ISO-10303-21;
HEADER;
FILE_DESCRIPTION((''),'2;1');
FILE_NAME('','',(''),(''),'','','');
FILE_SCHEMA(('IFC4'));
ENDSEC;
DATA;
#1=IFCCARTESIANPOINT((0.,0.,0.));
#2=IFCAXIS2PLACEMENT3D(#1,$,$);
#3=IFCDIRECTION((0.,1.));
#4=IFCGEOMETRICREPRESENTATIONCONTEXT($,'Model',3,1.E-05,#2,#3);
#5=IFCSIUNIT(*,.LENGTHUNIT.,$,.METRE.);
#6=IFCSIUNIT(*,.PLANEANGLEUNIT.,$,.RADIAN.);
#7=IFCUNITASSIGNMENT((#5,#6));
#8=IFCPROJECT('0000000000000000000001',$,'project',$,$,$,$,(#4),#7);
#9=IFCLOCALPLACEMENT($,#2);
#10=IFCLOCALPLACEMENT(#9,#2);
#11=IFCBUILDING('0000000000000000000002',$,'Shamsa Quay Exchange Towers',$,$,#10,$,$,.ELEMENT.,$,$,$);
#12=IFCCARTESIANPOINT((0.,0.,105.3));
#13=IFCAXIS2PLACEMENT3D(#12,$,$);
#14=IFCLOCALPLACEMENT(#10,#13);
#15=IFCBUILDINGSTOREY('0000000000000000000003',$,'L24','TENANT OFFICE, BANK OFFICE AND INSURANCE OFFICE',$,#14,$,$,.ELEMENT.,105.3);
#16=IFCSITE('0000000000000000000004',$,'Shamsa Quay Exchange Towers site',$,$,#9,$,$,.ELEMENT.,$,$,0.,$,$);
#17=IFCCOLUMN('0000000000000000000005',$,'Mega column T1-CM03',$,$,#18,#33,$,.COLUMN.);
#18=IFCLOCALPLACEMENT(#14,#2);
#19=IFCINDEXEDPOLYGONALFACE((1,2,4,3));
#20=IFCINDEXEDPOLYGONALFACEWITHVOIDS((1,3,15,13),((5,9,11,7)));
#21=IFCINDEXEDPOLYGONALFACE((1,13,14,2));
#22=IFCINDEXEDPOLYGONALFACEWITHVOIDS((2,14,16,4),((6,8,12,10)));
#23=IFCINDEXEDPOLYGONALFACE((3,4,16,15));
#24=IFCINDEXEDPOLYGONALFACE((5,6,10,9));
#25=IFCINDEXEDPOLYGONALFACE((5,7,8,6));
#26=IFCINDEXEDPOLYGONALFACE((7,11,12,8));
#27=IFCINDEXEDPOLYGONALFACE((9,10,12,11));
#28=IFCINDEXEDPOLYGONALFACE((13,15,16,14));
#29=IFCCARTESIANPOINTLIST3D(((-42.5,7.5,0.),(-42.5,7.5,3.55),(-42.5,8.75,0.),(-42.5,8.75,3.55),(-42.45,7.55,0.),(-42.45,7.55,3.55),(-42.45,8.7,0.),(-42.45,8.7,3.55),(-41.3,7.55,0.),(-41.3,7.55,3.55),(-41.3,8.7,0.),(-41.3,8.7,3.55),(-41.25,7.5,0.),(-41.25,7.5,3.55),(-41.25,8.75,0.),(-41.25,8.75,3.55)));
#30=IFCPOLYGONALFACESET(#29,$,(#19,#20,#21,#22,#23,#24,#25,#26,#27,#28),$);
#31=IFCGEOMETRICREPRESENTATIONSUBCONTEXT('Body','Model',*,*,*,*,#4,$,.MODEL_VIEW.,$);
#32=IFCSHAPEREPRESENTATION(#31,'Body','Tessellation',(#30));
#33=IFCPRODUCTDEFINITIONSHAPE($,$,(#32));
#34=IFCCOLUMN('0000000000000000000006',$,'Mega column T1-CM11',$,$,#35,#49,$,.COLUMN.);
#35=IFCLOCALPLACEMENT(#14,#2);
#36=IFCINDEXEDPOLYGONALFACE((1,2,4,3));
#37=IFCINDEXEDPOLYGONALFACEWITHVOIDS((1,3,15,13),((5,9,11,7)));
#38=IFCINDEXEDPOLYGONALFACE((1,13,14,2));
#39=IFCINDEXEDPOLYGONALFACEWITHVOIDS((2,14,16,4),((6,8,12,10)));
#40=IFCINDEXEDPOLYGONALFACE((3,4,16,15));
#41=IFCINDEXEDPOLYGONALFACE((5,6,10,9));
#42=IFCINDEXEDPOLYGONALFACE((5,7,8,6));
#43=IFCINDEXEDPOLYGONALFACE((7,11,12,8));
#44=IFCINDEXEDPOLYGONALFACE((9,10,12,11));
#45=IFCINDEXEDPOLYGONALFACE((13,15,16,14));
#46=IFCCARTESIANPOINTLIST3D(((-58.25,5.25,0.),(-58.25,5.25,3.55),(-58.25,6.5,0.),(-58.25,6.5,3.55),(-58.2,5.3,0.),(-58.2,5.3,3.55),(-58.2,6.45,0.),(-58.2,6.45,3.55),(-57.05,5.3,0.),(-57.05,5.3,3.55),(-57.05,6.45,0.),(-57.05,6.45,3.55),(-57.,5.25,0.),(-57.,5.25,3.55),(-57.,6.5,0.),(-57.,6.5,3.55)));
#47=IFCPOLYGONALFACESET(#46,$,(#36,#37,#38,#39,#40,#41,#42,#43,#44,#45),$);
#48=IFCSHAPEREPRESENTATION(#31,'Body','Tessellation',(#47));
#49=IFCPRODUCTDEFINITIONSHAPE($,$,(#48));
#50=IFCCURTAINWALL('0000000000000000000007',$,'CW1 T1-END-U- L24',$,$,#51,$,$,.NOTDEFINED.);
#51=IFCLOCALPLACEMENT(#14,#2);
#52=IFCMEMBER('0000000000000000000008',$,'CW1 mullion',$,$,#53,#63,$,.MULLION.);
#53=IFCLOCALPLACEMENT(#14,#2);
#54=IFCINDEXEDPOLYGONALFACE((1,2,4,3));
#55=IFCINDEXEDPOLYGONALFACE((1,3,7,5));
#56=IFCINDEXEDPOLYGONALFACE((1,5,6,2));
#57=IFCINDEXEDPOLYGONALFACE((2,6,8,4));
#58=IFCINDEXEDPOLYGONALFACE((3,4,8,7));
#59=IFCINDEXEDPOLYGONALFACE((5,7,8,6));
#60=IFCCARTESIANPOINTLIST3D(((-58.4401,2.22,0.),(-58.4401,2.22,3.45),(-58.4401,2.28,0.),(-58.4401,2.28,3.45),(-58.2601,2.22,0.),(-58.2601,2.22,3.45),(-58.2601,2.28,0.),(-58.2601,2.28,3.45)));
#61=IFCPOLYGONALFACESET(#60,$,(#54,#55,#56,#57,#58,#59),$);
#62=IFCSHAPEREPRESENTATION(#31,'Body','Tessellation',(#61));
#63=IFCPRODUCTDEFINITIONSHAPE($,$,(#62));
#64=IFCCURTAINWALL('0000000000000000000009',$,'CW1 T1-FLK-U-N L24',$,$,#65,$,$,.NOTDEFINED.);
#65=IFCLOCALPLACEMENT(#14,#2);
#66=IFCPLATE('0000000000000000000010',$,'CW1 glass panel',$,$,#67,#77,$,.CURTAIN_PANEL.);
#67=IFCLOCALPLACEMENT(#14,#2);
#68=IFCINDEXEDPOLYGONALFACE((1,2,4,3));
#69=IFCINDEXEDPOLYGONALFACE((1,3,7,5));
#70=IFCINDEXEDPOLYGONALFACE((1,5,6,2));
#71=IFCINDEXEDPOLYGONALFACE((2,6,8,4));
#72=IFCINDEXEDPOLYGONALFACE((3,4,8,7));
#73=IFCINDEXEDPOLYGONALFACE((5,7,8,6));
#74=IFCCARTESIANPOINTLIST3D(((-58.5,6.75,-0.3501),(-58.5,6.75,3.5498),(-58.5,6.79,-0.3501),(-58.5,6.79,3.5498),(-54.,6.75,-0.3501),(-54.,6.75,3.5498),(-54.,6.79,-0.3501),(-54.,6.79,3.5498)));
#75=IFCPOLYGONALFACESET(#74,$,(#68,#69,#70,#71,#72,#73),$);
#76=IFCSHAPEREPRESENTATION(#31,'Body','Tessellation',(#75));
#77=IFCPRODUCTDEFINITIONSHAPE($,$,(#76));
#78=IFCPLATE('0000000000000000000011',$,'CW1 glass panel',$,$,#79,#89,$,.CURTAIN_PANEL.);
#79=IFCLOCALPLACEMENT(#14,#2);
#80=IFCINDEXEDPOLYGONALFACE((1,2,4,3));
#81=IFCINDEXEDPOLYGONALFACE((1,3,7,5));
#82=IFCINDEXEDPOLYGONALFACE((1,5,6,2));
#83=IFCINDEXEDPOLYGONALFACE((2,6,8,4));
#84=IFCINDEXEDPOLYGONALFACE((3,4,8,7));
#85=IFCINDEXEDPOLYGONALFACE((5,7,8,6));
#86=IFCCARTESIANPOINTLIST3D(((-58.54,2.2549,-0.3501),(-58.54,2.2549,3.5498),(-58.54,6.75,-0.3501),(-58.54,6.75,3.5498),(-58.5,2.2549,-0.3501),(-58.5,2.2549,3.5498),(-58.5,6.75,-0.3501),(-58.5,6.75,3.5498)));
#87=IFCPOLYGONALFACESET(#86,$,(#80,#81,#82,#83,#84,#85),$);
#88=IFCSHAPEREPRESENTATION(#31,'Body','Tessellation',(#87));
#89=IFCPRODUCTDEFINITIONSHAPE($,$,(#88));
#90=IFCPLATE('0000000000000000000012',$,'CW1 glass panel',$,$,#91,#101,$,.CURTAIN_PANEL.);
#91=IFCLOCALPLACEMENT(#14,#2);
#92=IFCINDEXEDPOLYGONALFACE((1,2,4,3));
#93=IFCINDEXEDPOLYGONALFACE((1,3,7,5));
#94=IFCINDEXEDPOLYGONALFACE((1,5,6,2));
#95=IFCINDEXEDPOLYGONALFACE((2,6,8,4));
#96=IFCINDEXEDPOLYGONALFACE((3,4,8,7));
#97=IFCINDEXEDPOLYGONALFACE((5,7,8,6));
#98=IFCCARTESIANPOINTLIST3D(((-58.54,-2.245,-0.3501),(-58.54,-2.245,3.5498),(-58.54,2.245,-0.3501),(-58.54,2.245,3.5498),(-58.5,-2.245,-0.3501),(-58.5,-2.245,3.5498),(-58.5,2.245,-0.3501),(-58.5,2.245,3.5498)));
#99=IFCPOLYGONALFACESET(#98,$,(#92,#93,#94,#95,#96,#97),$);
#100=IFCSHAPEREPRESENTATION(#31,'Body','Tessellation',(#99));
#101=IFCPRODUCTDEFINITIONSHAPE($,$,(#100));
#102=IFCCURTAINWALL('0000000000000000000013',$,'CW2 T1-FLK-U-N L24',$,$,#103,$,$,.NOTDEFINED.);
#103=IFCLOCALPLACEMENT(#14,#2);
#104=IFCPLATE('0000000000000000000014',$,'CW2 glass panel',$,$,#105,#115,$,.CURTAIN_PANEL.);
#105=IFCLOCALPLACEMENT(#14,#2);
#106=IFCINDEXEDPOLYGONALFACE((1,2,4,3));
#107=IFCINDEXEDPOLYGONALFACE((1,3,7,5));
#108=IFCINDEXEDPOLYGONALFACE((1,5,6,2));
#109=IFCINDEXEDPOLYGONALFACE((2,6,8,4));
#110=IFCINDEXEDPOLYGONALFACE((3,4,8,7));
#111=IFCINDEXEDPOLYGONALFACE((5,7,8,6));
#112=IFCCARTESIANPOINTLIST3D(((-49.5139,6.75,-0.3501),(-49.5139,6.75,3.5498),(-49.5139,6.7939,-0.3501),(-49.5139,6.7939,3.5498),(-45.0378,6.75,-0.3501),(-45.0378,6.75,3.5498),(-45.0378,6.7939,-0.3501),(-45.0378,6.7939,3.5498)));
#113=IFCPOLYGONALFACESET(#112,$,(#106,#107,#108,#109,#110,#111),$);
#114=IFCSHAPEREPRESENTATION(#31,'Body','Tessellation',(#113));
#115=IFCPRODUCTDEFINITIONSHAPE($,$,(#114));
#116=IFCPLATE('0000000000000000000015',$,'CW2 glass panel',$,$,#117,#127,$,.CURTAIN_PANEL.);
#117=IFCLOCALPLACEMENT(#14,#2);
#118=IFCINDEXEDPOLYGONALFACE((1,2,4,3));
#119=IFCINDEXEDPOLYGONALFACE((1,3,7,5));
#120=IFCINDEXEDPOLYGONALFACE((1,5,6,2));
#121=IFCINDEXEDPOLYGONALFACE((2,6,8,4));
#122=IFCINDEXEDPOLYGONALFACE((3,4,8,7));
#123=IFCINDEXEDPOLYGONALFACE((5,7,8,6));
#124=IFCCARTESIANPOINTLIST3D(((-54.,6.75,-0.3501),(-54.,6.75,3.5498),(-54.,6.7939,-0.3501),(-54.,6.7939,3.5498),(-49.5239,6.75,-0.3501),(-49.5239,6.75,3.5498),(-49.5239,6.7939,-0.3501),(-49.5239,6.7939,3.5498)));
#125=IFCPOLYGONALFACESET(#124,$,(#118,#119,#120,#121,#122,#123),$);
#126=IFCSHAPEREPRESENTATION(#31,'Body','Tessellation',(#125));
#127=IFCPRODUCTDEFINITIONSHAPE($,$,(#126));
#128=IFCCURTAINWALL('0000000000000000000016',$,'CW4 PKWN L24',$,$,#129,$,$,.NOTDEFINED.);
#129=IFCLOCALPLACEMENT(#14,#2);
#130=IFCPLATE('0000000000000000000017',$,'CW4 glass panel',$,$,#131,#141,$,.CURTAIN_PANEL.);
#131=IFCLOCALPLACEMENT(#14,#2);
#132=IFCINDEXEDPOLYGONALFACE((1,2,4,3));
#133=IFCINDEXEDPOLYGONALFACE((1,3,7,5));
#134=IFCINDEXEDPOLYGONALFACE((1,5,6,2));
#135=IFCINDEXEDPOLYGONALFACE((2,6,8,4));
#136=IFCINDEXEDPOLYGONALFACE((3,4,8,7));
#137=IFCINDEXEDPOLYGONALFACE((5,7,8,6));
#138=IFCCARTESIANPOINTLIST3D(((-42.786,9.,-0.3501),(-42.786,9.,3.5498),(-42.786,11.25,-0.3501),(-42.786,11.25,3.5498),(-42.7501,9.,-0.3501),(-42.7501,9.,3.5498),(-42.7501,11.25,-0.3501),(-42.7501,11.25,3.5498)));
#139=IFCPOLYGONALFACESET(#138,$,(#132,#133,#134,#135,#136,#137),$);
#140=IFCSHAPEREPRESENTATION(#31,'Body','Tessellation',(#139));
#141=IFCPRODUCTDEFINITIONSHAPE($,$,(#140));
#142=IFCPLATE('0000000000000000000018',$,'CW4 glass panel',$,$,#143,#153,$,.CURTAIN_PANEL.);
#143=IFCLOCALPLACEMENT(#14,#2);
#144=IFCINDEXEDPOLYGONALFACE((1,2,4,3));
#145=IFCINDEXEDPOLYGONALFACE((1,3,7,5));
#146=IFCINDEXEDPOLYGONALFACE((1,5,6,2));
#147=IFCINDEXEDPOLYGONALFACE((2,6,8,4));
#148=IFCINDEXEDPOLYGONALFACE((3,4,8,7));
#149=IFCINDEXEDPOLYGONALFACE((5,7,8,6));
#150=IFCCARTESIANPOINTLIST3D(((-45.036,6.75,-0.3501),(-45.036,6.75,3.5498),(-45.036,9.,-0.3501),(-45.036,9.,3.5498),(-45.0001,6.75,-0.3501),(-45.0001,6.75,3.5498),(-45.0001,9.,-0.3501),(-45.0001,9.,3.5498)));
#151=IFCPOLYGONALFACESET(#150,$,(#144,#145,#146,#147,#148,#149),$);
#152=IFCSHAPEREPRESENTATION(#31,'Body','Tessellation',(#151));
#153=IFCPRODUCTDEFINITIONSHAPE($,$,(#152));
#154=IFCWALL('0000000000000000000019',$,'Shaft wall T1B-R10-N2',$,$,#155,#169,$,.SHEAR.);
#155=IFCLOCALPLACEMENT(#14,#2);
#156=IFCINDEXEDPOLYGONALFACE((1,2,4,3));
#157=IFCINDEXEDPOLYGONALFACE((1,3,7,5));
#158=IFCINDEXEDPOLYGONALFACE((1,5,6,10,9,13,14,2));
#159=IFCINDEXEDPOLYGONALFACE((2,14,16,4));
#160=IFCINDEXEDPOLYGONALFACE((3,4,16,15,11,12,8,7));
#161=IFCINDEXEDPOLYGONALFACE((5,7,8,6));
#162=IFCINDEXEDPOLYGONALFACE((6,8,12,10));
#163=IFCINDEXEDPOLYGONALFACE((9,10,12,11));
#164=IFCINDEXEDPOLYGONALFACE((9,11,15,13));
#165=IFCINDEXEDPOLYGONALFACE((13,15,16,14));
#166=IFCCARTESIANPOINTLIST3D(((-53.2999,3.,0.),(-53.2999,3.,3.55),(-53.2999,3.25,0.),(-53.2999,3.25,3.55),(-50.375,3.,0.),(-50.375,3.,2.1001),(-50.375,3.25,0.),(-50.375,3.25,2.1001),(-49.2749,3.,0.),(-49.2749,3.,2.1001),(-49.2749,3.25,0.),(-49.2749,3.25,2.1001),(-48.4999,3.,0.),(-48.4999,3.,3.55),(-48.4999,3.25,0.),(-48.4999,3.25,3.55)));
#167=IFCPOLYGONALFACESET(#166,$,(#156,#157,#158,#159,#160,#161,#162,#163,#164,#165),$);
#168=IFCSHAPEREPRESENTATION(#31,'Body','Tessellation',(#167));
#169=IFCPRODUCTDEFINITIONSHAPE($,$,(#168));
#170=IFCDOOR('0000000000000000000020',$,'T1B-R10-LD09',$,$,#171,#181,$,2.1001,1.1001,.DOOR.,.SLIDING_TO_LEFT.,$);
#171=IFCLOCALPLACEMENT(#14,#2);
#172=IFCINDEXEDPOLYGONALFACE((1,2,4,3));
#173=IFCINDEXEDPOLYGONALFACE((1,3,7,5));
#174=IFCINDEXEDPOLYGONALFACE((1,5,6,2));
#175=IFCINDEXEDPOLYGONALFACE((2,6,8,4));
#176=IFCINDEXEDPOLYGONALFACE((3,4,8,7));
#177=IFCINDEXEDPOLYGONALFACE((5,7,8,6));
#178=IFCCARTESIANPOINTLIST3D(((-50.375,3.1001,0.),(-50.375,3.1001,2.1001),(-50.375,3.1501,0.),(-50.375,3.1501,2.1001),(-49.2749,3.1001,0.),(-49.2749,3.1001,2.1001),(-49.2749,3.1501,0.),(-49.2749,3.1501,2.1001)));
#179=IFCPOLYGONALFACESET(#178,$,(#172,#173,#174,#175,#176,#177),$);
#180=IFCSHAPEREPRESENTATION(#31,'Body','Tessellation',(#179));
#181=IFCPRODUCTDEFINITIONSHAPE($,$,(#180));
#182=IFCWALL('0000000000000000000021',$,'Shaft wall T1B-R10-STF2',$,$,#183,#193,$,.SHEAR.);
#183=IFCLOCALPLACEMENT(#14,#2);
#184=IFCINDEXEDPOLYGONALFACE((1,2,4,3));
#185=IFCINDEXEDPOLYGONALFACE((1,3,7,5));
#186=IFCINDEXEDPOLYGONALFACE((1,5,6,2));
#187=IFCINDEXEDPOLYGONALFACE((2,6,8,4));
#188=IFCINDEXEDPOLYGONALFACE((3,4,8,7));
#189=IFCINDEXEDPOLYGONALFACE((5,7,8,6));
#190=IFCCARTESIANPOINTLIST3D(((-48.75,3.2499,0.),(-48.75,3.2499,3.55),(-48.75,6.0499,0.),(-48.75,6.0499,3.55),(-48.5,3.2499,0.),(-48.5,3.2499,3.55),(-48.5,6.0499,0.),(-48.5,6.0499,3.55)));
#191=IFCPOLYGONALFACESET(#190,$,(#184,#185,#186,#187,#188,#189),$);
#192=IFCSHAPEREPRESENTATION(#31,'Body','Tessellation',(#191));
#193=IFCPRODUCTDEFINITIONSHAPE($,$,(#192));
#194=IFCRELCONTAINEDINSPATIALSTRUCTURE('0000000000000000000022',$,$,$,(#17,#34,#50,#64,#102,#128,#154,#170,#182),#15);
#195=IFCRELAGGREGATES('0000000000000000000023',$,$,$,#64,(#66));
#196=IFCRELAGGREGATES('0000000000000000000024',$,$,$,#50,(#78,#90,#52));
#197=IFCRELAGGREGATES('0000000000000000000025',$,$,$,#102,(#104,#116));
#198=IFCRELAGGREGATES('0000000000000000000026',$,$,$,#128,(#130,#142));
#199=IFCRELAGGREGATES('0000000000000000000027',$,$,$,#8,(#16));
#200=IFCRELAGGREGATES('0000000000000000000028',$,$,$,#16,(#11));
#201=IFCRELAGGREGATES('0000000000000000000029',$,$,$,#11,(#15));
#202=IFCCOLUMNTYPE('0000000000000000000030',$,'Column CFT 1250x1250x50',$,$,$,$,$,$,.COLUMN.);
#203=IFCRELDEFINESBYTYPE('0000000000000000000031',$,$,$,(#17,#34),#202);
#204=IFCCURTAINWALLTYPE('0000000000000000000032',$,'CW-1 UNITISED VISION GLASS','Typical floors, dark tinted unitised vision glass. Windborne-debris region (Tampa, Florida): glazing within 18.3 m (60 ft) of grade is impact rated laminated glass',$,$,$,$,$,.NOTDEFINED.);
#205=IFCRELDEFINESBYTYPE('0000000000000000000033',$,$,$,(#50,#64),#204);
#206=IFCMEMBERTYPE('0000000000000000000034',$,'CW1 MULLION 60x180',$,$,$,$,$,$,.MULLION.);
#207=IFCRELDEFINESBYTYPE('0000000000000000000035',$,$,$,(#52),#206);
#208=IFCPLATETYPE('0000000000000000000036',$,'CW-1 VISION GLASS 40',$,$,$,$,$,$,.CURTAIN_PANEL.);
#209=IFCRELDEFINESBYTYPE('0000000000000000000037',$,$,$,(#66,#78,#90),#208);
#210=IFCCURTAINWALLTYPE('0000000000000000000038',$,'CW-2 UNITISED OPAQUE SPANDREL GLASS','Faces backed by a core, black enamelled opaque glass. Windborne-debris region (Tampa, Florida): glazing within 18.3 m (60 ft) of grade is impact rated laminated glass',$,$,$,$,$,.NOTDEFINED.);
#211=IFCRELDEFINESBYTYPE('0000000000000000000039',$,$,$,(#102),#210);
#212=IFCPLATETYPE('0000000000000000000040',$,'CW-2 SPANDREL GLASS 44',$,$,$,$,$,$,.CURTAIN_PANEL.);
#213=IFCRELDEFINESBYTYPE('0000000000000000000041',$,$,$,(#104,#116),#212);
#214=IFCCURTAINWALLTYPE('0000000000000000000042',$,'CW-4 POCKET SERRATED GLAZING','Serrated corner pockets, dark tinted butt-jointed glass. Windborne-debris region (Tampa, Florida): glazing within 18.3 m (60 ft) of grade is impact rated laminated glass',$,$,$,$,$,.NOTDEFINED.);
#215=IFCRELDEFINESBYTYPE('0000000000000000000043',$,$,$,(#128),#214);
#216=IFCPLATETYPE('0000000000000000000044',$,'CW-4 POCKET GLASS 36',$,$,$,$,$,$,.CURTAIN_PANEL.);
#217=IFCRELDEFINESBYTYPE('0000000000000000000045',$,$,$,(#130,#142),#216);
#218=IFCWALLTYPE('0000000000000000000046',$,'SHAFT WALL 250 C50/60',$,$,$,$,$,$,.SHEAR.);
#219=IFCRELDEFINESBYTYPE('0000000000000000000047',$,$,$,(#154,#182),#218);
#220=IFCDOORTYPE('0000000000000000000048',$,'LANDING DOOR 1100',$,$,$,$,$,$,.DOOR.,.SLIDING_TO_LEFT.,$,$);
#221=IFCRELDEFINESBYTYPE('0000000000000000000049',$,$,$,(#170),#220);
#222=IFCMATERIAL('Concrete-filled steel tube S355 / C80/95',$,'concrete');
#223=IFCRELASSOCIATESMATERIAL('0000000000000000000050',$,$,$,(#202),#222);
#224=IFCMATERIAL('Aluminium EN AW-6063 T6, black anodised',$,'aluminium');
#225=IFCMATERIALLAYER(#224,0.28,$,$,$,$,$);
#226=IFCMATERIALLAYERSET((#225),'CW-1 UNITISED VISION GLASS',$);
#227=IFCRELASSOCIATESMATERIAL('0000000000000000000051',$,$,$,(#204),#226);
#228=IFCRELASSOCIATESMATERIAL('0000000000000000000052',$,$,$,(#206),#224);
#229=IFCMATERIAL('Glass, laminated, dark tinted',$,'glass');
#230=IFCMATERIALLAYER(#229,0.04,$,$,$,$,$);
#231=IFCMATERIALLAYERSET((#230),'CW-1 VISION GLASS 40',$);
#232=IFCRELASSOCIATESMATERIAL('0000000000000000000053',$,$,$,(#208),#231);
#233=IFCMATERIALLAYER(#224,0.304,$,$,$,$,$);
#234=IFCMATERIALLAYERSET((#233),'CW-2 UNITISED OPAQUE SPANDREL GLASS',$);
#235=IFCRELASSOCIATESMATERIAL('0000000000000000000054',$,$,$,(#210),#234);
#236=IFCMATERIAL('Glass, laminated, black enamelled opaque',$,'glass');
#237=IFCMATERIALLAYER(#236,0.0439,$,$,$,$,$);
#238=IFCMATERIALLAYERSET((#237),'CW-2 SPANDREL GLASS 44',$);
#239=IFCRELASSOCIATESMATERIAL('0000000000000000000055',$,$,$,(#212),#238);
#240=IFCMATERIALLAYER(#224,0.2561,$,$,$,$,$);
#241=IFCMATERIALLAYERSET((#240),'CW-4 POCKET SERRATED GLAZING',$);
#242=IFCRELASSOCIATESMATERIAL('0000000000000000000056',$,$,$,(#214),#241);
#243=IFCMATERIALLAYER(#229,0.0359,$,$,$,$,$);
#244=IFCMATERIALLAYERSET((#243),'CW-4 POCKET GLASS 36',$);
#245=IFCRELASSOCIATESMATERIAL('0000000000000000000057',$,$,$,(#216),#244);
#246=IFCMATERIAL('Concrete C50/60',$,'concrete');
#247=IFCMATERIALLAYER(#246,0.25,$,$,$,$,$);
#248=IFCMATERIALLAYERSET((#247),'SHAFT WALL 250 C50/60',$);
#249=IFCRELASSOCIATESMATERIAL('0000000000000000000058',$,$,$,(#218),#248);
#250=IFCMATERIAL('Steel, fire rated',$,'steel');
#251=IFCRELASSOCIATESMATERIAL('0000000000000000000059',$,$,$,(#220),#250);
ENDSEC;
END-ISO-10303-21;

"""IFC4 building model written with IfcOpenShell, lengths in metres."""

from ifc_helpers import new_model, si_unit, direction, frame, frame_2d, origin, origin_2d, place, context, subcontext, project, spatial, rectangle, hollow_rectangle, extrude, material, layer, layer_set, material_profile, profile_set, type_object, element, fill, aggregate, save


model = new_model("IFC4")

# Units and contexts
model_context = context("Model", 3, precision=1e-05, world=origin(), true_north=direction((0.0, 1.0)))
body_context = subcontext(model_context, "Body", "Model", "MODEL_VIEW")
ifc_project = project(units=[si_unit("LENGTHUNIT", "METRE"), si_unit("PLANEANGLEUNIT", "RADIAN")], contexts=[model_context])

# Site, building, storey
site_placement = place(None, origin())
site = spatial("IfcSite", under=ifc_project, at=site_placement, Name="Shamsa Quay Exchange Towers site", CompositionType="ELEMENT", RefElevation=0.0)
building_placement = place(site_placement, origin())
building = spatial("IfcBuilding", under=site, at=building_placement, Name="Shamsa Quay Exchange Towers", CompositionType="ELEMENT")
storey_placement = place(building_placement, frame((0.0, 0.0, 105.3)))
storey = spatial("IfcBuildingStorey", under=building, at=storey_placement, Name="L24", Description="TENANT OFFICE, BANK OFFICE AND INSURANCE OFFICE", CompositionType="ELEMENT", Elevation=105.3)

# Columns
ifc_material_1 = material(Name="Concrete-filled steel tube S355 / C80/95", Category="concrete")
ifc_material_profile_1 = material_profile(ifc_material_1, hollow_rectangle(XDim=1.25, YDim=1.25, WallThickness=0.05, at=origin_2d()), Name="CFT 1250x1250x50")
ifc_profile_set_1 = profile_set([ifc_material_profile_1], Name="Concrete-filled steel tube S355 / C80/95")
column_type = type_object("IfcColumnType", Name="Column CFT 1250x1250x50", PredefinedType="COLUMN", material=ifc_profile_set_1)
for number, where, name in (
    (1, (-41.875, 8.125, 0.0), "Mega column T1-CM03"),
    (2, (-57.625, 5.875, 0.0), "Mega column T1-CM11"),
):
    element("IfcColumn", number, at=place(storey_placement, frame(where)), inside=storey, type_object=column_type, Name=name, PredefinedType="COLUMN", context=body_context, shape_type="SweptSolid", body=[
        extrude(hollow_rectangle(XDim=1.25, YDim=1.25, WallThickness=0.05, at=origin_2d()), origin(), (0.0, 0.0, 1.0), 3.55),
    ])

# Curtain wall, member
ifc_material_2 = material(Name="Aluminium EN AW-6063 T6, black anodised", Category="aluminium")
ifc_layer_1 = layer(ifc_material_2, 0.28)
ifc_layer_set_1 = layer_set([ifc_layer_1], Name="CW-1 UNITISED VISION GLASS")
curtain_wall_type_1 = type_object("IfcCurtainWallType", Name="CW-1 UNITISED VISION GLASS", Description="Typical floors, dark tinted unitised vision glass. Windborne-debris region (Tampa, Florida): glazing within 18.3 m (60 ft) of grade is impact rated laminated glass", PredefinedType="NOTDEFINED", material=ifc_layer_set_1)
curtain_wall_1_placement = place(storey_placement, origin())
curtain_wall_1 = element("IfcCurtainWall", 3, at=curtain_wall_1_placement, inside=storey, type_object=curtain_wall_type_1, Name="CW1 T1-END-U- L24", PredefinedType="NOTDEFINED")
ifc_material_profile_2 = material_profile(ifc_material_2, rectangle(XDim=0.1799, YDim=0.0601, at=origin_2d()), Name="MU60x180")
ifc_profile_set_2 = profile_set([ifc_material_profile_2], Name="Aluminium EN AW-6063 T6, black anodised")
member_type = type_object("IfcMemberType", Name="CW1 MULLION 60x180", PredefinedType="MULLION", material=ifc_profile_set_2)
member_placement = place(storey_placement, frame((-58.3501, 2.25, 0.0)))
member = element("IfcMember", 4, at=member_placement, type_object=member_type, Name="CW1 mullion", PredefinedType="MULLION", context=body_context, shape_type="SweptSolid", body=[
    extrude(rectangle(XDim=0.1799, YDim=0.0601, at=origin_2d()), origin(), (0.0, 0.0, 1.0), 3.45),
])

# Curtain wall, plate
curtain_wall_2_placement = place(storey_placement, origin())
curtain_wall_2 = element("IfcCurtainWall", 5, at=curtain_wall_2_placement, inside=storey, type_object=curtain_wall_type_1, Name="CW1 T1-FLK-U-N L24", PredefinedType="NOTDEFINED")
ifc_material_3 = material(Name="Glass, laminated, dark tinted", Category="glass")
ifc_layer_2 = layer(ifc_material_3, 0.04)
ifc_layer_set_2 = layer_set([ifc_layer_2], Name="CW-1 VISION GLASS 40")
plate_type_1 = type_object("IfcPlateType", Name="CW-1 VISION GLASS 40", PredefinedType="CURTAIN_PANEL", material=ifc_layer_set_2)
plate_1_placement = place(storey_placement, frame((-56.25, 6.77, -0.3501), z_axis=(0.0, 0.0, 1.0), x_axis=(-1.0, 0.0, 0.0)))
plate_1 = element("IfcPlate", 6, at=plate_1_placement, type_object=plate_type_1, Name="CW1 glass panel", PredefinedType="CURTAIN_PANEL", context=body_context, shape_type="SweptSolid", body=[
    extrude(rectangle(XDim=4.5, YDim=0.04, at=origin_2d()), origin(), (0.0, 0.0, 1.0), 3.8999),
])
aggregate(curtain_wall_2, [plate_1])

# Plates
plate_2_placement = place(storey_placement, frame((-58.52, 4.5024, -0.3501), z_axis=(0.0, 0.0, 1.0), x_axis=(0.0, -1.0, 0.0)))
plate_2 = element("IfcPlate", 7, at=plate_2_placement, type_object=plate_type_1, Name="CW1 glass panel", PredefinedType="CURTAIN_PANEL", context=body_context, shape_type="SweptSolid", body=[
    extrude(rectangle(XDim=4.4951, YDim=0.04, at=origin_2d()), origin(), (0.0, 0.0, 1.0), 3.8999),
])
plate_3_placement = place(storey_placement, frame((-58.52, 0.0, -0.3501), z_axis=(0.0, 0.0, 1.0), x_axis=(0.0, -1.0, 0.0)))
plate_3 = element("IfcPlate", 8, at=plate_3_placement, type_object=plate_type_1, Name="CW1 glass panel", PredefinedType="CURTAIN_PANEL", context=body_context, shape_type="SweptSolid", body=[
    extrude(rectangle(XDim=4.49, YDim=0.04, at=origin_2d()), origin(), (0.0, 0.0, 1.0), 3.8999),
])
aggregate(curtain_wall_1, [plate_2, plate_3, member])

# Curtain walls, plates
ifc_layer_3 = layer(ifc_material_2, 0.304)
ifc_layer_set_3 = layer_set([ifc_layer_3], Name="CW-2 UNITISED OPAQUE SPANDREL GLASS")
curtain_wall_type_2 = type_object("IfcCurtainWallType", Name="CW-2 UNITISED OPAQUE SPANDREL GLASS", Description="Faces backed by a core, black enamelled opaque glass. Windborne-debris region (Tampa, Florida): glazing within 18.3 m (60 ft) of grade is impact rated laminated glass", PredefinedType="NOTDEFINED", material=ifc_layer_set_3)
curtain_wall_3_placement = place(storey_placement, origin())
curtain_wall_3 = element("IfcCurtainWall", 9, at=curtain_wall_3_placement, inside=storey, type_object=curtain_wall_type_2, Name="CW2 T1-FLK-U-N L24", PredefinedType="NOTDEFINED")
ifc_material_4 = material(Name="Glass, laminated, black enamelled opaque", Category="glass")
ifc_layer_4 = layer(ifc_material_4, 0.0439)
ifc_layer_set_4 = layer_set([ifc_layer_4], Name="CW-2 SPANDREL GLASS 44")
plate_type_2 = type_object("IfcPlateType", Name="CW-2 SPANDREL GLASS 44", PredefinedType="CURTAIN_PANEL", material=ifc_layer_set_4)
plate_4_placement = place(storey_placement, frame((-47.2759, 6.772, -0.3501), z_axis=(0.0, 0.0, 1.0), x_axis=(-1.0, 0.0, 0.0)))
plate_4 = element("IfcPlate", 10, at=plate_4_placement, type_object=plate_type_2, Name="CW2 glass panel", PredefinedType="CURTAIN_PANEL", context=body_context, shape_type="SweptSolid", body=[
    extrude(rectangle(XDim=4.4761, YDim=0.0439, at=origin_2d()), origin(), (0.0, 0.0, 1.0), 3.8999),
])
plate_5_placement = place(storey_placement, frame((-51.762, 6.772, -0.3501), z_axis=(0.0, 0.0, 1.0), x_axis=(-1.0, 0.0, 0.0)))
plate_5 = element("IfcPlate", 11, at=plate_5_placement, type_object=plate_type_2, Name="CW2 glass panel", PredefinedType="CURTAIN_PANEL", context=body_context, shape_type="SweptSolid", body=[
    extrude(rectangle(XDim=4.4761, YDim=0.0439, at=origin_2d()), origin(), (0.0, 0.0, 1.0), 3.8999),
])
aggregate(curtain_wall_3, [plate_4, plate_5])
ifc_layer_5 = layer(ifc_material_2, 0.2561)
ifc_layer_set_5 = layer_set([ifc_layer_5], Name="CW-4 POCKET SERRATED GLAZING")
curtain_wall_type_3 = type_object("IfcCurtainWallType", Name="CW-4 POCKET SERRATED GLAZING", Description="Serrated corner pockets, dark tinted butt-jointed glass. Windborne-debris region (Tampa, Florida): glazing within 18.3 m (60 ft) of grade is impact rated laminated glass", PredefinedType="NOTDEFINED", material=ifc_layer_set_5)
curtain_wall_4_placement = place(storey_placement, origin())
curtain_wall_4 = element("IfcCurtainWall", 12, at=curtain_wall_4_placement, inside=storey, type_object=curtain_wall_type_3, Name="CW4 PKWN L24", PredefinedType="NOTDEFINED")
ifc_layer_6 = layer(ifc_material_3, 0.0359)
ifc_layer_set_6 = layer_set([ifc_layer_6], Name="CW-4 POCKET GLASS 36")
plate_type_3 = type_object("IfcPlateType", Name="CW-4 POCKET GLASS 36", PredefinedType="CURTAIN_PANEL", material=ifc_layer_set_6)
plate_6_placement = place(storey_placement, frame((-42.7681, 10.125, -0.3501), z_axis=(0.0, 0.0, 1.0), x_axis=(0.0, -1.0, 0.0)))
plate_6 = element("IfcPlate", 13, at=plate_6_placement, type_object=plate_type_3, Name="CW4 glass panel", PredefinedType="CURTAIN_PANEL", context=body_context, shape_type="SweptSolid", body=[
    extrude(rectangle(XDim=2.25, YDim=0.0359, at=origin_2d()), origin(), (0.0, 0.0, 1.0), 3.8999),
])
plate_7_placement = place(storey_placement, frame((-45.0181, 7.875, -0.3501), z_axis=(0.0, 0.0, 1.0), x_axis=(0.0, -1.0, 0.0)))
plate_7 = element("IfcPlate", 14, at=plate_7_placement, type_object=plate_type_3, Name="CW4 glass panel", PredefinedType="CURTAIN_PANEL", context=body_context, shape_type="SweptSolid", body=[
    extrude(rectangle(XDim=2.25, YDim=0.0359, at=origin_2d()), origin(), (0.0, 0.0, 1.0), 3.8999),
])
aggregate(curtain_wall_4, [plate_6, plate_7])

# Wall, opening, door
ifc_material_5 = material(Name="Concrete C50/60", Category="concrete")
ifc_layer_7 = layer(ifc_material_5, 0.25)
ifc_layer_set_7 = layer_set([ifc_layer_7], Name="SHAFT WALL 250 C50/60")
wall_type_1 = type_object("IfcWallType", Name="SHAFT WALL 250 C50/60", PredefinedType="SHEAR", material=ifc_layer_set_7)
wall_1_placement = place(storey_placement, frame((-48.5, 3.125, 0.0), z_axis=(0.0, 0.0, 1.0), x_axis=(-1.0, 0.0, 0.0)))
wall_1 = element("IfcWall", 15, at=wall_1_placement, inside=storey, type_object=wall_type_1, Name="Shaft wall T1B-R10-N2", PredefinedType="SHEAR", context=body_context, shape_type="SweptSolid", body=[
    extrude(rectangle(XDim=4.8, YDim=0.25, at=frame_2d((2.3999, 0.0))), origin(), (0.0, 0.0, 1.0), 3.55),
])
opening_1_placement = place(wall_1_placement, frame((0.7749, 0.0, 0.0)))
opening_1 = element("IfcOpeningElement", 16, at=opening_1_placement, cuts=wall_1, PredefinedType="OPENING", context=body_context, shape_type="SweptSolid", body=[
    extrude(rectangle(XDim=1.1001, YDim=2.1001, at=frame_2d((0.55, 1.05))), frame((0.0, 0.135, 0.0), z_axis=(0.0, -1.0, 0.0), x_axis=(1.0, 0.0, 0.0)), (0.0, 0.0, 1.0), 0.27),
])
ifc_material_6 = material(Name="Steel, fire rated", Category="steel")
door_type_1 = type_object("IfcDoorType", Name="LANDING DOOR 1100", OperationType="SLIDING_TO_LEFT", PredefinedType="DOOR", material=ifc_material_6)
door_1_placement = place(opening_1_placement, origin())
door_1 = element("IfcDoor", 17, at=door_1_placement, inside=storey, type_object=door_type_1, Name="T1B-R10-LD09", OperationType="SLIDING_TO_LEFT", OverallHeight=2.1001, OverallWidth=1.1001, PredefinedType="DOOR", context=body_context, shape_type="SweptSolid", body=[
    extrude(rectangle(XDim=1.1001, YDim=2.1001, at=frame_2d((0.55, 1.05))), frame((0.0, 0.0249, 0.0), z_axis=(0.0, -1.0, 0.0), x_axis=(1.0, 0.0, 0.0)), (0.0, 0.0, 1.0), 0.05),
])
fill(opening_1, door_1)

# Wall
for number, where, z_axis, x_axis, name in (
    (18, (-48.625, 3.25, 0.0), (0.0, 0.0, 1.0), (0.0, 1.0, 0.0), "Shaft wall T1B-R10-STF2"),
):
    element("IfcWall", number, at=place(storey_placement, frame(where, z_axis=z_axis, x_axis=x_axis)), inside=storey, type_object=wall_type_1, Name=name, PredefinedType="SHEAR", context=body_context, shape_type="SweptSolid", body=[
        extrude(rectangle(XDim=2.8, YDim=0.25, at=frame_2d((1.3999, 0.0))), origin(), (0.0, 0.0, 1.0), 3.55),
    ])

save(model, "model.ifc")
